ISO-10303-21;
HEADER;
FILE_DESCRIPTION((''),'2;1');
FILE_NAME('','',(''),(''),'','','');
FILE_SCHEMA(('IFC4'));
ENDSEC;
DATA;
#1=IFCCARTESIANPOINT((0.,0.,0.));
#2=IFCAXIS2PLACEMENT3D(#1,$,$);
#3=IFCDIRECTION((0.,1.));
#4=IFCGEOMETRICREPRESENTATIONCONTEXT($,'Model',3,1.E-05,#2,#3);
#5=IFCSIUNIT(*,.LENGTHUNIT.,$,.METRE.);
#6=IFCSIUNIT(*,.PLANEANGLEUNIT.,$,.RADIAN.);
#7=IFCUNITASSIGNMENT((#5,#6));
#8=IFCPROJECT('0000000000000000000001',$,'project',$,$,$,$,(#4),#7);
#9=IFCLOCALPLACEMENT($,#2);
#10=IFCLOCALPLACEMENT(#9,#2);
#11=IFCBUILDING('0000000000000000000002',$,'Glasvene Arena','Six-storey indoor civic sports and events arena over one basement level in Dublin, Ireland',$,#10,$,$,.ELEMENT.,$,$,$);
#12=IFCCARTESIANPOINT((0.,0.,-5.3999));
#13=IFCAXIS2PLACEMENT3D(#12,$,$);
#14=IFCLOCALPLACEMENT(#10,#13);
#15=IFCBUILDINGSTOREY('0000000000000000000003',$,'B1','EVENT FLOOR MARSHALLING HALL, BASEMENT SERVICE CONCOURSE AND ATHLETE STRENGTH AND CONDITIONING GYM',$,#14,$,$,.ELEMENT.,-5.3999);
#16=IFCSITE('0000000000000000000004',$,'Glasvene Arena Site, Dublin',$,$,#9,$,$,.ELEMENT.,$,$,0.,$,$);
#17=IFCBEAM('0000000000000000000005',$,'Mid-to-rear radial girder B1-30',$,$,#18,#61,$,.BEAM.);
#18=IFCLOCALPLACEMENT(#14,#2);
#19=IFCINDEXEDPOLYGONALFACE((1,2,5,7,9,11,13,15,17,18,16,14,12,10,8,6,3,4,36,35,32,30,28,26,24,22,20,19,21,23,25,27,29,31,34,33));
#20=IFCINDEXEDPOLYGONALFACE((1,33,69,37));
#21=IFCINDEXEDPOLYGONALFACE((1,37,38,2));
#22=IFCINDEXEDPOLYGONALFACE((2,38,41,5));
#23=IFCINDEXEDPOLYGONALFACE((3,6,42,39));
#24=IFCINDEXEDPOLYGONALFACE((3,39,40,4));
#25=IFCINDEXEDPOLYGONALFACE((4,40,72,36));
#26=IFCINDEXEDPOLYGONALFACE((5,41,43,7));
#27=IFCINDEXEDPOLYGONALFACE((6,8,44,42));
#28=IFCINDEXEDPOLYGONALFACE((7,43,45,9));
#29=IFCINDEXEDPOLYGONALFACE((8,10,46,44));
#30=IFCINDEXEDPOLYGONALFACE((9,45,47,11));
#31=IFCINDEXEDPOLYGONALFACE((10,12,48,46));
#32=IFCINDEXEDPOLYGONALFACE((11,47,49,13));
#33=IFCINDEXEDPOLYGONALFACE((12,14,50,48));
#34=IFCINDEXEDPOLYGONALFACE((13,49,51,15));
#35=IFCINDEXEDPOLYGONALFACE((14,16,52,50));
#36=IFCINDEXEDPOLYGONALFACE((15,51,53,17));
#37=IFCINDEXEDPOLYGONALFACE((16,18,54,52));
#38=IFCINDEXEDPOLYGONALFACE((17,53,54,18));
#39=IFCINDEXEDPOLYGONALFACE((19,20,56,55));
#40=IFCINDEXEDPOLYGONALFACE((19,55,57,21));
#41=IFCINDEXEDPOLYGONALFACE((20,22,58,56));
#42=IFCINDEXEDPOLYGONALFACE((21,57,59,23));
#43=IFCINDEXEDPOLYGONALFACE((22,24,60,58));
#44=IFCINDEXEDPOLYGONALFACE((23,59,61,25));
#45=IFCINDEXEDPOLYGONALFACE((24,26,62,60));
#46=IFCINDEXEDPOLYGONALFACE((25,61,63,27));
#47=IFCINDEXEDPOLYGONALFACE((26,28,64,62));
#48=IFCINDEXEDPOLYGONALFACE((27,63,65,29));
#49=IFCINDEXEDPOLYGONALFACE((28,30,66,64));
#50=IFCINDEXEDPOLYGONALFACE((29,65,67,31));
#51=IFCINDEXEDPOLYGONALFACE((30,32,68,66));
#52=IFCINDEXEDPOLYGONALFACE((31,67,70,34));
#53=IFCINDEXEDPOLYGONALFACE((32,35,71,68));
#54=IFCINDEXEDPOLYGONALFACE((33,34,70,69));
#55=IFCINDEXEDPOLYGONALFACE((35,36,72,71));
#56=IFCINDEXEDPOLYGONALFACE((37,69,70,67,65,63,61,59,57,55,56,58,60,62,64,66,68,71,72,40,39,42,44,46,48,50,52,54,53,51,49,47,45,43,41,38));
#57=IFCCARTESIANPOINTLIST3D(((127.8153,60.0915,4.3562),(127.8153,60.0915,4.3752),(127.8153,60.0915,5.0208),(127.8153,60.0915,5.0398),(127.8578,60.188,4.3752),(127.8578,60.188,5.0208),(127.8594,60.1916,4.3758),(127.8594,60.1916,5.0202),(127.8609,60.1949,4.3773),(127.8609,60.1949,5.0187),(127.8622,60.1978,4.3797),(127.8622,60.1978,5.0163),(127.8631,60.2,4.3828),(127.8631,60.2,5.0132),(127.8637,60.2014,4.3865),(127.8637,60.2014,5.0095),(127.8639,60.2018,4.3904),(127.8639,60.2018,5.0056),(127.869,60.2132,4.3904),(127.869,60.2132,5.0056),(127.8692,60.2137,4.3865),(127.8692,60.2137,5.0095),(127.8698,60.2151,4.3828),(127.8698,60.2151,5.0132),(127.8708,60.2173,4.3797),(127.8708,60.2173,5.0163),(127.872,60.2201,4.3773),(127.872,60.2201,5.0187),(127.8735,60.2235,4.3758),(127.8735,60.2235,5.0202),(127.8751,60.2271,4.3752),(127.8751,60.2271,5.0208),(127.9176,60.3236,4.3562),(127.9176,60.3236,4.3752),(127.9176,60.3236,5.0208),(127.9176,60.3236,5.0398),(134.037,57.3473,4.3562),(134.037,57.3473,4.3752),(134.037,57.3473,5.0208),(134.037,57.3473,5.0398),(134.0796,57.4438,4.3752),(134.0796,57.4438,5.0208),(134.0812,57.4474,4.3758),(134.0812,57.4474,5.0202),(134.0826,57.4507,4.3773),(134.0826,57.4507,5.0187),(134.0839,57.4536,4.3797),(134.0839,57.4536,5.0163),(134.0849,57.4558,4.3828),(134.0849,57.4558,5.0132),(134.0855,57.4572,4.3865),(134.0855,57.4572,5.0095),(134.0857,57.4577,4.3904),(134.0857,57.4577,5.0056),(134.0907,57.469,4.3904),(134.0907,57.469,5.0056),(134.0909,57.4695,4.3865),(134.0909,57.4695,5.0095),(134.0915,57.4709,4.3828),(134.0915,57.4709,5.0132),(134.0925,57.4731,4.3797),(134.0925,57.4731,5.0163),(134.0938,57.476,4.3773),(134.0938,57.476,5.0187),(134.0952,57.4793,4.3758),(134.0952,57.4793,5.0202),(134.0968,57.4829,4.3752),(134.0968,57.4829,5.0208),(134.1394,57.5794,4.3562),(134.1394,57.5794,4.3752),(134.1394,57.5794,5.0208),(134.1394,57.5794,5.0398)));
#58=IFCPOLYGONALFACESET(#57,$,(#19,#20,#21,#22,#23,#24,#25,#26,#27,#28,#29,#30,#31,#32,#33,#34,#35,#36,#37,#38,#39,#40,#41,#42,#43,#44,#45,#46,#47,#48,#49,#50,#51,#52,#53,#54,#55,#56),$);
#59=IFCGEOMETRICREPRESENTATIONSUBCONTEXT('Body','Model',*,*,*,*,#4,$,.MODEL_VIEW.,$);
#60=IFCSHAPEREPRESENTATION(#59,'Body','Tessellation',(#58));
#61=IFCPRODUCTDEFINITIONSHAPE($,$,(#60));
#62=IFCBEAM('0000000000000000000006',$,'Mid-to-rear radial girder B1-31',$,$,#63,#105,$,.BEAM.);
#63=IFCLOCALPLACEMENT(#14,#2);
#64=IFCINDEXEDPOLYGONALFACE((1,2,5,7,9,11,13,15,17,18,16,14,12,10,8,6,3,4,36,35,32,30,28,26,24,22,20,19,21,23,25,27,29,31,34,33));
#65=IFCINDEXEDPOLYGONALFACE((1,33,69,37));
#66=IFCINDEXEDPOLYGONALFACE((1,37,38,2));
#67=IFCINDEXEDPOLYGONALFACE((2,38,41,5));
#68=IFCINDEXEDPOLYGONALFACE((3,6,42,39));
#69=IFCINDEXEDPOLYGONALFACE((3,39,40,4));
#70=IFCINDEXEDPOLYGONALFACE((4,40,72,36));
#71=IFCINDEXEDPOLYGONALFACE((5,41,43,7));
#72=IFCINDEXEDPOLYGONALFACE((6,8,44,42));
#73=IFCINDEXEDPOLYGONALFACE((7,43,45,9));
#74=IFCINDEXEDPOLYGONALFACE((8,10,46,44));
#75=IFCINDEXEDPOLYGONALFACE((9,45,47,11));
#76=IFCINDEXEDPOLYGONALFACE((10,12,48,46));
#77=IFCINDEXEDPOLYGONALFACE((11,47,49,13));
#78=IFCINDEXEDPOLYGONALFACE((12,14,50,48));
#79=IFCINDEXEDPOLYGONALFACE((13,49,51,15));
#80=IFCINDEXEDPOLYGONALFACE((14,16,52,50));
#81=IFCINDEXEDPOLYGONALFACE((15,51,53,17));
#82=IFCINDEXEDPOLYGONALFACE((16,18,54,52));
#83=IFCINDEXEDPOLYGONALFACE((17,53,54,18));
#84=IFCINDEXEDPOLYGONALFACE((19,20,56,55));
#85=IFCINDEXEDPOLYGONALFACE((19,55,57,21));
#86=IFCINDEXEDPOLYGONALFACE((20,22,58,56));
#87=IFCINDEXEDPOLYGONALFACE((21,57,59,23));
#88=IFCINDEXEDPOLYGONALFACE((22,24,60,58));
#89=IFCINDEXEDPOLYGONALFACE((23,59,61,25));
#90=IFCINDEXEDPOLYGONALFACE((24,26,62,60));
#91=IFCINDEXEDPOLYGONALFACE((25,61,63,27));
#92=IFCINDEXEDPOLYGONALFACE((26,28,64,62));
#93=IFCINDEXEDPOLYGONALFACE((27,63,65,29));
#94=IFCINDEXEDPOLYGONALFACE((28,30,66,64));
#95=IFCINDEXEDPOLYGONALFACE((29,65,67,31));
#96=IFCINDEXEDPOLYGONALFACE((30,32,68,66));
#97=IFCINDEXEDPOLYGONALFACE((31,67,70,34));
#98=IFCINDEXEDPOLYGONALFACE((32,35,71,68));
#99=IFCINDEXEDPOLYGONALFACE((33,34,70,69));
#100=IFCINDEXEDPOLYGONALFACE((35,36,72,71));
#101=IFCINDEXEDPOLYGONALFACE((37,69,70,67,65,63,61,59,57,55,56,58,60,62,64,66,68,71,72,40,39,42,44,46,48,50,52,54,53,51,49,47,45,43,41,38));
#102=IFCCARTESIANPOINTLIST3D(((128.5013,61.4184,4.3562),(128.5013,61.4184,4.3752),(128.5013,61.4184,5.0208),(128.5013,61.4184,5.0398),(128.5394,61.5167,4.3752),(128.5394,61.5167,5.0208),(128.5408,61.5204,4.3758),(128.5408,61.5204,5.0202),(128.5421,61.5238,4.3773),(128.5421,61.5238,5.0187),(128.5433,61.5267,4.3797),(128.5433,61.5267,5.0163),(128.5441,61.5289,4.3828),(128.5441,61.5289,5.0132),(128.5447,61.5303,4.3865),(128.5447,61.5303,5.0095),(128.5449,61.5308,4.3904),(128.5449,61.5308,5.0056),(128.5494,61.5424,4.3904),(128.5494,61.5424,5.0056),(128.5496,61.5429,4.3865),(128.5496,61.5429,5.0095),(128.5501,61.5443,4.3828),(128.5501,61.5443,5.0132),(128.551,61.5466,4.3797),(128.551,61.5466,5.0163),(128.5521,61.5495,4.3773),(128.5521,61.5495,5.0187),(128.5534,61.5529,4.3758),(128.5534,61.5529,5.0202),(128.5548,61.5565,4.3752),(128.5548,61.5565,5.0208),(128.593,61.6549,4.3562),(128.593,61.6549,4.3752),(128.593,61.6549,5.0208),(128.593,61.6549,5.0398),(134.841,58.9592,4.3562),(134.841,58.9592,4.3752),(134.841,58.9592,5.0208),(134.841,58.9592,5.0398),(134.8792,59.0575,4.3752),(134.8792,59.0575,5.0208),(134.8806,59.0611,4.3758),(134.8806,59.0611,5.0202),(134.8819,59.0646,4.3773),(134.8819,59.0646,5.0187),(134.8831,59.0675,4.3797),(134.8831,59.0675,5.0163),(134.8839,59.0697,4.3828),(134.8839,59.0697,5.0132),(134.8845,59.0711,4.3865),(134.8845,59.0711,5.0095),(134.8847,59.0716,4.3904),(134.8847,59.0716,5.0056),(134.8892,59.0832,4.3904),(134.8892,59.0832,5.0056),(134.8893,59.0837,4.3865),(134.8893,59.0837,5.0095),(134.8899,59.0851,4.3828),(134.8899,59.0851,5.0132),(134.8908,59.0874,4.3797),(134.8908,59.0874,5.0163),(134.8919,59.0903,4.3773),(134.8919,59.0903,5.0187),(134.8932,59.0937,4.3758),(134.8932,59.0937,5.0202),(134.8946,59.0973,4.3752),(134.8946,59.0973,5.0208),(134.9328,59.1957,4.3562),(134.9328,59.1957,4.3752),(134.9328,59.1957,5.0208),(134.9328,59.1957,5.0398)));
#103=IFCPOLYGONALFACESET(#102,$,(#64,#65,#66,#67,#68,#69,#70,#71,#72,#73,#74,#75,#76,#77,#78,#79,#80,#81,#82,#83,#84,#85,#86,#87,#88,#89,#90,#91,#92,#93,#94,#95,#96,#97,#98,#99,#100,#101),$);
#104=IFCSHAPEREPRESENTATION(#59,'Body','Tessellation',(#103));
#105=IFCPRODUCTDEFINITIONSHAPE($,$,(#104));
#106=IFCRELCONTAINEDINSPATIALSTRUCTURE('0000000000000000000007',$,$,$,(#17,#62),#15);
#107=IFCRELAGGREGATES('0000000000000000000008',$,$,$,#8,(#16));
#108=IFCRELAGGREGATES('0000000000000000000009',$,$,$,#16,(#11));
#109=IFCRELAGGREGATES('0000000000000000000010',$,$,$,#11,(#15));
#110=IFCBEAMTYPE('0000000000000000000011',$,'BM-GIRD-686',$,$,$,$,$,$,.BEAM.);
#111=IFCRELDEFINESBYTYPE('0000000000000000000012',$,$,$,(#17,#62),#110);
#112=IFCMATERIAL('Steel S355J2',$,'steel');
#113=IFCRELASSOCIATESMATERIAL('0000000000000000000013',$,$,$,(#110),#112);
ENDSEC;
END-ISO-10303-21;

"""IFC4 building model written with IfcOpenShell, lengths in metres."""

from ifc_helpers import new_model, si_unit, direction, frame, origin, origin_2d, place, context, subcontext, project, spatial, i_section, extrude, material, material_profile, profile_set, type_object, element, save


model = new_model("IFC4")

# Units and contexts
model_context = context("Model", 3, precision=1e-05, world=origin(), true_north=direction((0.0, 1.0)))
body_context = subcontext(model_context, "Body", "Model", "MODEL_VIEW")
ifc_project = project(units=[si_unit("LENGTHUNIT", "METRE"), si_unit("PLANEANGLEUNIT", "RADIAN")], contexts=[model_context])

# Site, building, storey
site_placement = place(None, origin())
site = spatial("IfcSite", under=ifc_project, at=site_placement, Name="Glasvene Arena Site, Dublin", CompositionType="ELEMENT", RefElevation=0.0)
building_placement = place(site_placement, origin())
building = spatial("IfcBuilding", under=site, at=building_placement, Name="Glasvene Arena", Description="Six-storey indoor civic sports and events arena over one basement level in Dublin, Ireland", CompositionType="ELEMENT")
storey_placement = place(building_placement, frame((0.0, 0.0, -5.3999)))
storey = spatial("IfcBuildingStorey", under=building, at=storey_placement, Name="B1", Description="EVENT FLOOR MARSHALLING HALL, BASEMENT SERVICE CONCOURSE AND ATHLETE STRENGTH AND CONDITIONING GYM", CompositionType="ELEMENT", Elevation=-5.3999)

# Shared definitions
ifc_material_1 = material(Name="Steel S355J2", Category="steel")

# Beams
ifc_material_profile_1 = material_profile(ifc_material_1, i_section(OverallWidth=0.2537, OverallDepth=0.6836, WebThickness=0.0125, FlangeThickness=0.019, FilletRadius=0.0151, at=origin_2d()), Name="UKB 686x254x140")
ifc_profile_set_1 = profile_set([ifc_material_profile_1], Name="Steel S355J2")
beam_type_1 = type_object("IfcBeamType", Name="BM-GIRD-686", PredefinedType="BEAM", material=ifc_profile_set_1)
for number, where, z_axis, x_axis, name in (
    (1, (127.8665, 60.2075, 4.698), (0.914957, -0.403552, 0.0), (0.403552, 0.914957, 0.0), "Mid-to-rear radial girder B1-30"),
    (2, (128.5471, 61.5366, 4.698), (0.932316, -0.361646, 0.0), (0.361646, 0.932316, 0.0), "Mid-to-rear radial girder B1-31"),
):
    element("IfcBeam", number, at=place(storey_placement, frame(where, z_axis=z_axis, x_axis=x_axis)), inside=storey, type_object=beam_type_1, Name=name, PredefinedType="BEAM", context=body_context, shape_type="SweptSolid", body=[
        extrude(i_section(OverallWidth=0.2537, OverallDepth=0.6836, WebThickness=0.0125, FlangeThickness=0.019, FilletRadius=0.0151, at=origin_2d()), origin(), (0.0, 0.0, 1.0), 6.8),
    ])

save(model, "model.ifc")
